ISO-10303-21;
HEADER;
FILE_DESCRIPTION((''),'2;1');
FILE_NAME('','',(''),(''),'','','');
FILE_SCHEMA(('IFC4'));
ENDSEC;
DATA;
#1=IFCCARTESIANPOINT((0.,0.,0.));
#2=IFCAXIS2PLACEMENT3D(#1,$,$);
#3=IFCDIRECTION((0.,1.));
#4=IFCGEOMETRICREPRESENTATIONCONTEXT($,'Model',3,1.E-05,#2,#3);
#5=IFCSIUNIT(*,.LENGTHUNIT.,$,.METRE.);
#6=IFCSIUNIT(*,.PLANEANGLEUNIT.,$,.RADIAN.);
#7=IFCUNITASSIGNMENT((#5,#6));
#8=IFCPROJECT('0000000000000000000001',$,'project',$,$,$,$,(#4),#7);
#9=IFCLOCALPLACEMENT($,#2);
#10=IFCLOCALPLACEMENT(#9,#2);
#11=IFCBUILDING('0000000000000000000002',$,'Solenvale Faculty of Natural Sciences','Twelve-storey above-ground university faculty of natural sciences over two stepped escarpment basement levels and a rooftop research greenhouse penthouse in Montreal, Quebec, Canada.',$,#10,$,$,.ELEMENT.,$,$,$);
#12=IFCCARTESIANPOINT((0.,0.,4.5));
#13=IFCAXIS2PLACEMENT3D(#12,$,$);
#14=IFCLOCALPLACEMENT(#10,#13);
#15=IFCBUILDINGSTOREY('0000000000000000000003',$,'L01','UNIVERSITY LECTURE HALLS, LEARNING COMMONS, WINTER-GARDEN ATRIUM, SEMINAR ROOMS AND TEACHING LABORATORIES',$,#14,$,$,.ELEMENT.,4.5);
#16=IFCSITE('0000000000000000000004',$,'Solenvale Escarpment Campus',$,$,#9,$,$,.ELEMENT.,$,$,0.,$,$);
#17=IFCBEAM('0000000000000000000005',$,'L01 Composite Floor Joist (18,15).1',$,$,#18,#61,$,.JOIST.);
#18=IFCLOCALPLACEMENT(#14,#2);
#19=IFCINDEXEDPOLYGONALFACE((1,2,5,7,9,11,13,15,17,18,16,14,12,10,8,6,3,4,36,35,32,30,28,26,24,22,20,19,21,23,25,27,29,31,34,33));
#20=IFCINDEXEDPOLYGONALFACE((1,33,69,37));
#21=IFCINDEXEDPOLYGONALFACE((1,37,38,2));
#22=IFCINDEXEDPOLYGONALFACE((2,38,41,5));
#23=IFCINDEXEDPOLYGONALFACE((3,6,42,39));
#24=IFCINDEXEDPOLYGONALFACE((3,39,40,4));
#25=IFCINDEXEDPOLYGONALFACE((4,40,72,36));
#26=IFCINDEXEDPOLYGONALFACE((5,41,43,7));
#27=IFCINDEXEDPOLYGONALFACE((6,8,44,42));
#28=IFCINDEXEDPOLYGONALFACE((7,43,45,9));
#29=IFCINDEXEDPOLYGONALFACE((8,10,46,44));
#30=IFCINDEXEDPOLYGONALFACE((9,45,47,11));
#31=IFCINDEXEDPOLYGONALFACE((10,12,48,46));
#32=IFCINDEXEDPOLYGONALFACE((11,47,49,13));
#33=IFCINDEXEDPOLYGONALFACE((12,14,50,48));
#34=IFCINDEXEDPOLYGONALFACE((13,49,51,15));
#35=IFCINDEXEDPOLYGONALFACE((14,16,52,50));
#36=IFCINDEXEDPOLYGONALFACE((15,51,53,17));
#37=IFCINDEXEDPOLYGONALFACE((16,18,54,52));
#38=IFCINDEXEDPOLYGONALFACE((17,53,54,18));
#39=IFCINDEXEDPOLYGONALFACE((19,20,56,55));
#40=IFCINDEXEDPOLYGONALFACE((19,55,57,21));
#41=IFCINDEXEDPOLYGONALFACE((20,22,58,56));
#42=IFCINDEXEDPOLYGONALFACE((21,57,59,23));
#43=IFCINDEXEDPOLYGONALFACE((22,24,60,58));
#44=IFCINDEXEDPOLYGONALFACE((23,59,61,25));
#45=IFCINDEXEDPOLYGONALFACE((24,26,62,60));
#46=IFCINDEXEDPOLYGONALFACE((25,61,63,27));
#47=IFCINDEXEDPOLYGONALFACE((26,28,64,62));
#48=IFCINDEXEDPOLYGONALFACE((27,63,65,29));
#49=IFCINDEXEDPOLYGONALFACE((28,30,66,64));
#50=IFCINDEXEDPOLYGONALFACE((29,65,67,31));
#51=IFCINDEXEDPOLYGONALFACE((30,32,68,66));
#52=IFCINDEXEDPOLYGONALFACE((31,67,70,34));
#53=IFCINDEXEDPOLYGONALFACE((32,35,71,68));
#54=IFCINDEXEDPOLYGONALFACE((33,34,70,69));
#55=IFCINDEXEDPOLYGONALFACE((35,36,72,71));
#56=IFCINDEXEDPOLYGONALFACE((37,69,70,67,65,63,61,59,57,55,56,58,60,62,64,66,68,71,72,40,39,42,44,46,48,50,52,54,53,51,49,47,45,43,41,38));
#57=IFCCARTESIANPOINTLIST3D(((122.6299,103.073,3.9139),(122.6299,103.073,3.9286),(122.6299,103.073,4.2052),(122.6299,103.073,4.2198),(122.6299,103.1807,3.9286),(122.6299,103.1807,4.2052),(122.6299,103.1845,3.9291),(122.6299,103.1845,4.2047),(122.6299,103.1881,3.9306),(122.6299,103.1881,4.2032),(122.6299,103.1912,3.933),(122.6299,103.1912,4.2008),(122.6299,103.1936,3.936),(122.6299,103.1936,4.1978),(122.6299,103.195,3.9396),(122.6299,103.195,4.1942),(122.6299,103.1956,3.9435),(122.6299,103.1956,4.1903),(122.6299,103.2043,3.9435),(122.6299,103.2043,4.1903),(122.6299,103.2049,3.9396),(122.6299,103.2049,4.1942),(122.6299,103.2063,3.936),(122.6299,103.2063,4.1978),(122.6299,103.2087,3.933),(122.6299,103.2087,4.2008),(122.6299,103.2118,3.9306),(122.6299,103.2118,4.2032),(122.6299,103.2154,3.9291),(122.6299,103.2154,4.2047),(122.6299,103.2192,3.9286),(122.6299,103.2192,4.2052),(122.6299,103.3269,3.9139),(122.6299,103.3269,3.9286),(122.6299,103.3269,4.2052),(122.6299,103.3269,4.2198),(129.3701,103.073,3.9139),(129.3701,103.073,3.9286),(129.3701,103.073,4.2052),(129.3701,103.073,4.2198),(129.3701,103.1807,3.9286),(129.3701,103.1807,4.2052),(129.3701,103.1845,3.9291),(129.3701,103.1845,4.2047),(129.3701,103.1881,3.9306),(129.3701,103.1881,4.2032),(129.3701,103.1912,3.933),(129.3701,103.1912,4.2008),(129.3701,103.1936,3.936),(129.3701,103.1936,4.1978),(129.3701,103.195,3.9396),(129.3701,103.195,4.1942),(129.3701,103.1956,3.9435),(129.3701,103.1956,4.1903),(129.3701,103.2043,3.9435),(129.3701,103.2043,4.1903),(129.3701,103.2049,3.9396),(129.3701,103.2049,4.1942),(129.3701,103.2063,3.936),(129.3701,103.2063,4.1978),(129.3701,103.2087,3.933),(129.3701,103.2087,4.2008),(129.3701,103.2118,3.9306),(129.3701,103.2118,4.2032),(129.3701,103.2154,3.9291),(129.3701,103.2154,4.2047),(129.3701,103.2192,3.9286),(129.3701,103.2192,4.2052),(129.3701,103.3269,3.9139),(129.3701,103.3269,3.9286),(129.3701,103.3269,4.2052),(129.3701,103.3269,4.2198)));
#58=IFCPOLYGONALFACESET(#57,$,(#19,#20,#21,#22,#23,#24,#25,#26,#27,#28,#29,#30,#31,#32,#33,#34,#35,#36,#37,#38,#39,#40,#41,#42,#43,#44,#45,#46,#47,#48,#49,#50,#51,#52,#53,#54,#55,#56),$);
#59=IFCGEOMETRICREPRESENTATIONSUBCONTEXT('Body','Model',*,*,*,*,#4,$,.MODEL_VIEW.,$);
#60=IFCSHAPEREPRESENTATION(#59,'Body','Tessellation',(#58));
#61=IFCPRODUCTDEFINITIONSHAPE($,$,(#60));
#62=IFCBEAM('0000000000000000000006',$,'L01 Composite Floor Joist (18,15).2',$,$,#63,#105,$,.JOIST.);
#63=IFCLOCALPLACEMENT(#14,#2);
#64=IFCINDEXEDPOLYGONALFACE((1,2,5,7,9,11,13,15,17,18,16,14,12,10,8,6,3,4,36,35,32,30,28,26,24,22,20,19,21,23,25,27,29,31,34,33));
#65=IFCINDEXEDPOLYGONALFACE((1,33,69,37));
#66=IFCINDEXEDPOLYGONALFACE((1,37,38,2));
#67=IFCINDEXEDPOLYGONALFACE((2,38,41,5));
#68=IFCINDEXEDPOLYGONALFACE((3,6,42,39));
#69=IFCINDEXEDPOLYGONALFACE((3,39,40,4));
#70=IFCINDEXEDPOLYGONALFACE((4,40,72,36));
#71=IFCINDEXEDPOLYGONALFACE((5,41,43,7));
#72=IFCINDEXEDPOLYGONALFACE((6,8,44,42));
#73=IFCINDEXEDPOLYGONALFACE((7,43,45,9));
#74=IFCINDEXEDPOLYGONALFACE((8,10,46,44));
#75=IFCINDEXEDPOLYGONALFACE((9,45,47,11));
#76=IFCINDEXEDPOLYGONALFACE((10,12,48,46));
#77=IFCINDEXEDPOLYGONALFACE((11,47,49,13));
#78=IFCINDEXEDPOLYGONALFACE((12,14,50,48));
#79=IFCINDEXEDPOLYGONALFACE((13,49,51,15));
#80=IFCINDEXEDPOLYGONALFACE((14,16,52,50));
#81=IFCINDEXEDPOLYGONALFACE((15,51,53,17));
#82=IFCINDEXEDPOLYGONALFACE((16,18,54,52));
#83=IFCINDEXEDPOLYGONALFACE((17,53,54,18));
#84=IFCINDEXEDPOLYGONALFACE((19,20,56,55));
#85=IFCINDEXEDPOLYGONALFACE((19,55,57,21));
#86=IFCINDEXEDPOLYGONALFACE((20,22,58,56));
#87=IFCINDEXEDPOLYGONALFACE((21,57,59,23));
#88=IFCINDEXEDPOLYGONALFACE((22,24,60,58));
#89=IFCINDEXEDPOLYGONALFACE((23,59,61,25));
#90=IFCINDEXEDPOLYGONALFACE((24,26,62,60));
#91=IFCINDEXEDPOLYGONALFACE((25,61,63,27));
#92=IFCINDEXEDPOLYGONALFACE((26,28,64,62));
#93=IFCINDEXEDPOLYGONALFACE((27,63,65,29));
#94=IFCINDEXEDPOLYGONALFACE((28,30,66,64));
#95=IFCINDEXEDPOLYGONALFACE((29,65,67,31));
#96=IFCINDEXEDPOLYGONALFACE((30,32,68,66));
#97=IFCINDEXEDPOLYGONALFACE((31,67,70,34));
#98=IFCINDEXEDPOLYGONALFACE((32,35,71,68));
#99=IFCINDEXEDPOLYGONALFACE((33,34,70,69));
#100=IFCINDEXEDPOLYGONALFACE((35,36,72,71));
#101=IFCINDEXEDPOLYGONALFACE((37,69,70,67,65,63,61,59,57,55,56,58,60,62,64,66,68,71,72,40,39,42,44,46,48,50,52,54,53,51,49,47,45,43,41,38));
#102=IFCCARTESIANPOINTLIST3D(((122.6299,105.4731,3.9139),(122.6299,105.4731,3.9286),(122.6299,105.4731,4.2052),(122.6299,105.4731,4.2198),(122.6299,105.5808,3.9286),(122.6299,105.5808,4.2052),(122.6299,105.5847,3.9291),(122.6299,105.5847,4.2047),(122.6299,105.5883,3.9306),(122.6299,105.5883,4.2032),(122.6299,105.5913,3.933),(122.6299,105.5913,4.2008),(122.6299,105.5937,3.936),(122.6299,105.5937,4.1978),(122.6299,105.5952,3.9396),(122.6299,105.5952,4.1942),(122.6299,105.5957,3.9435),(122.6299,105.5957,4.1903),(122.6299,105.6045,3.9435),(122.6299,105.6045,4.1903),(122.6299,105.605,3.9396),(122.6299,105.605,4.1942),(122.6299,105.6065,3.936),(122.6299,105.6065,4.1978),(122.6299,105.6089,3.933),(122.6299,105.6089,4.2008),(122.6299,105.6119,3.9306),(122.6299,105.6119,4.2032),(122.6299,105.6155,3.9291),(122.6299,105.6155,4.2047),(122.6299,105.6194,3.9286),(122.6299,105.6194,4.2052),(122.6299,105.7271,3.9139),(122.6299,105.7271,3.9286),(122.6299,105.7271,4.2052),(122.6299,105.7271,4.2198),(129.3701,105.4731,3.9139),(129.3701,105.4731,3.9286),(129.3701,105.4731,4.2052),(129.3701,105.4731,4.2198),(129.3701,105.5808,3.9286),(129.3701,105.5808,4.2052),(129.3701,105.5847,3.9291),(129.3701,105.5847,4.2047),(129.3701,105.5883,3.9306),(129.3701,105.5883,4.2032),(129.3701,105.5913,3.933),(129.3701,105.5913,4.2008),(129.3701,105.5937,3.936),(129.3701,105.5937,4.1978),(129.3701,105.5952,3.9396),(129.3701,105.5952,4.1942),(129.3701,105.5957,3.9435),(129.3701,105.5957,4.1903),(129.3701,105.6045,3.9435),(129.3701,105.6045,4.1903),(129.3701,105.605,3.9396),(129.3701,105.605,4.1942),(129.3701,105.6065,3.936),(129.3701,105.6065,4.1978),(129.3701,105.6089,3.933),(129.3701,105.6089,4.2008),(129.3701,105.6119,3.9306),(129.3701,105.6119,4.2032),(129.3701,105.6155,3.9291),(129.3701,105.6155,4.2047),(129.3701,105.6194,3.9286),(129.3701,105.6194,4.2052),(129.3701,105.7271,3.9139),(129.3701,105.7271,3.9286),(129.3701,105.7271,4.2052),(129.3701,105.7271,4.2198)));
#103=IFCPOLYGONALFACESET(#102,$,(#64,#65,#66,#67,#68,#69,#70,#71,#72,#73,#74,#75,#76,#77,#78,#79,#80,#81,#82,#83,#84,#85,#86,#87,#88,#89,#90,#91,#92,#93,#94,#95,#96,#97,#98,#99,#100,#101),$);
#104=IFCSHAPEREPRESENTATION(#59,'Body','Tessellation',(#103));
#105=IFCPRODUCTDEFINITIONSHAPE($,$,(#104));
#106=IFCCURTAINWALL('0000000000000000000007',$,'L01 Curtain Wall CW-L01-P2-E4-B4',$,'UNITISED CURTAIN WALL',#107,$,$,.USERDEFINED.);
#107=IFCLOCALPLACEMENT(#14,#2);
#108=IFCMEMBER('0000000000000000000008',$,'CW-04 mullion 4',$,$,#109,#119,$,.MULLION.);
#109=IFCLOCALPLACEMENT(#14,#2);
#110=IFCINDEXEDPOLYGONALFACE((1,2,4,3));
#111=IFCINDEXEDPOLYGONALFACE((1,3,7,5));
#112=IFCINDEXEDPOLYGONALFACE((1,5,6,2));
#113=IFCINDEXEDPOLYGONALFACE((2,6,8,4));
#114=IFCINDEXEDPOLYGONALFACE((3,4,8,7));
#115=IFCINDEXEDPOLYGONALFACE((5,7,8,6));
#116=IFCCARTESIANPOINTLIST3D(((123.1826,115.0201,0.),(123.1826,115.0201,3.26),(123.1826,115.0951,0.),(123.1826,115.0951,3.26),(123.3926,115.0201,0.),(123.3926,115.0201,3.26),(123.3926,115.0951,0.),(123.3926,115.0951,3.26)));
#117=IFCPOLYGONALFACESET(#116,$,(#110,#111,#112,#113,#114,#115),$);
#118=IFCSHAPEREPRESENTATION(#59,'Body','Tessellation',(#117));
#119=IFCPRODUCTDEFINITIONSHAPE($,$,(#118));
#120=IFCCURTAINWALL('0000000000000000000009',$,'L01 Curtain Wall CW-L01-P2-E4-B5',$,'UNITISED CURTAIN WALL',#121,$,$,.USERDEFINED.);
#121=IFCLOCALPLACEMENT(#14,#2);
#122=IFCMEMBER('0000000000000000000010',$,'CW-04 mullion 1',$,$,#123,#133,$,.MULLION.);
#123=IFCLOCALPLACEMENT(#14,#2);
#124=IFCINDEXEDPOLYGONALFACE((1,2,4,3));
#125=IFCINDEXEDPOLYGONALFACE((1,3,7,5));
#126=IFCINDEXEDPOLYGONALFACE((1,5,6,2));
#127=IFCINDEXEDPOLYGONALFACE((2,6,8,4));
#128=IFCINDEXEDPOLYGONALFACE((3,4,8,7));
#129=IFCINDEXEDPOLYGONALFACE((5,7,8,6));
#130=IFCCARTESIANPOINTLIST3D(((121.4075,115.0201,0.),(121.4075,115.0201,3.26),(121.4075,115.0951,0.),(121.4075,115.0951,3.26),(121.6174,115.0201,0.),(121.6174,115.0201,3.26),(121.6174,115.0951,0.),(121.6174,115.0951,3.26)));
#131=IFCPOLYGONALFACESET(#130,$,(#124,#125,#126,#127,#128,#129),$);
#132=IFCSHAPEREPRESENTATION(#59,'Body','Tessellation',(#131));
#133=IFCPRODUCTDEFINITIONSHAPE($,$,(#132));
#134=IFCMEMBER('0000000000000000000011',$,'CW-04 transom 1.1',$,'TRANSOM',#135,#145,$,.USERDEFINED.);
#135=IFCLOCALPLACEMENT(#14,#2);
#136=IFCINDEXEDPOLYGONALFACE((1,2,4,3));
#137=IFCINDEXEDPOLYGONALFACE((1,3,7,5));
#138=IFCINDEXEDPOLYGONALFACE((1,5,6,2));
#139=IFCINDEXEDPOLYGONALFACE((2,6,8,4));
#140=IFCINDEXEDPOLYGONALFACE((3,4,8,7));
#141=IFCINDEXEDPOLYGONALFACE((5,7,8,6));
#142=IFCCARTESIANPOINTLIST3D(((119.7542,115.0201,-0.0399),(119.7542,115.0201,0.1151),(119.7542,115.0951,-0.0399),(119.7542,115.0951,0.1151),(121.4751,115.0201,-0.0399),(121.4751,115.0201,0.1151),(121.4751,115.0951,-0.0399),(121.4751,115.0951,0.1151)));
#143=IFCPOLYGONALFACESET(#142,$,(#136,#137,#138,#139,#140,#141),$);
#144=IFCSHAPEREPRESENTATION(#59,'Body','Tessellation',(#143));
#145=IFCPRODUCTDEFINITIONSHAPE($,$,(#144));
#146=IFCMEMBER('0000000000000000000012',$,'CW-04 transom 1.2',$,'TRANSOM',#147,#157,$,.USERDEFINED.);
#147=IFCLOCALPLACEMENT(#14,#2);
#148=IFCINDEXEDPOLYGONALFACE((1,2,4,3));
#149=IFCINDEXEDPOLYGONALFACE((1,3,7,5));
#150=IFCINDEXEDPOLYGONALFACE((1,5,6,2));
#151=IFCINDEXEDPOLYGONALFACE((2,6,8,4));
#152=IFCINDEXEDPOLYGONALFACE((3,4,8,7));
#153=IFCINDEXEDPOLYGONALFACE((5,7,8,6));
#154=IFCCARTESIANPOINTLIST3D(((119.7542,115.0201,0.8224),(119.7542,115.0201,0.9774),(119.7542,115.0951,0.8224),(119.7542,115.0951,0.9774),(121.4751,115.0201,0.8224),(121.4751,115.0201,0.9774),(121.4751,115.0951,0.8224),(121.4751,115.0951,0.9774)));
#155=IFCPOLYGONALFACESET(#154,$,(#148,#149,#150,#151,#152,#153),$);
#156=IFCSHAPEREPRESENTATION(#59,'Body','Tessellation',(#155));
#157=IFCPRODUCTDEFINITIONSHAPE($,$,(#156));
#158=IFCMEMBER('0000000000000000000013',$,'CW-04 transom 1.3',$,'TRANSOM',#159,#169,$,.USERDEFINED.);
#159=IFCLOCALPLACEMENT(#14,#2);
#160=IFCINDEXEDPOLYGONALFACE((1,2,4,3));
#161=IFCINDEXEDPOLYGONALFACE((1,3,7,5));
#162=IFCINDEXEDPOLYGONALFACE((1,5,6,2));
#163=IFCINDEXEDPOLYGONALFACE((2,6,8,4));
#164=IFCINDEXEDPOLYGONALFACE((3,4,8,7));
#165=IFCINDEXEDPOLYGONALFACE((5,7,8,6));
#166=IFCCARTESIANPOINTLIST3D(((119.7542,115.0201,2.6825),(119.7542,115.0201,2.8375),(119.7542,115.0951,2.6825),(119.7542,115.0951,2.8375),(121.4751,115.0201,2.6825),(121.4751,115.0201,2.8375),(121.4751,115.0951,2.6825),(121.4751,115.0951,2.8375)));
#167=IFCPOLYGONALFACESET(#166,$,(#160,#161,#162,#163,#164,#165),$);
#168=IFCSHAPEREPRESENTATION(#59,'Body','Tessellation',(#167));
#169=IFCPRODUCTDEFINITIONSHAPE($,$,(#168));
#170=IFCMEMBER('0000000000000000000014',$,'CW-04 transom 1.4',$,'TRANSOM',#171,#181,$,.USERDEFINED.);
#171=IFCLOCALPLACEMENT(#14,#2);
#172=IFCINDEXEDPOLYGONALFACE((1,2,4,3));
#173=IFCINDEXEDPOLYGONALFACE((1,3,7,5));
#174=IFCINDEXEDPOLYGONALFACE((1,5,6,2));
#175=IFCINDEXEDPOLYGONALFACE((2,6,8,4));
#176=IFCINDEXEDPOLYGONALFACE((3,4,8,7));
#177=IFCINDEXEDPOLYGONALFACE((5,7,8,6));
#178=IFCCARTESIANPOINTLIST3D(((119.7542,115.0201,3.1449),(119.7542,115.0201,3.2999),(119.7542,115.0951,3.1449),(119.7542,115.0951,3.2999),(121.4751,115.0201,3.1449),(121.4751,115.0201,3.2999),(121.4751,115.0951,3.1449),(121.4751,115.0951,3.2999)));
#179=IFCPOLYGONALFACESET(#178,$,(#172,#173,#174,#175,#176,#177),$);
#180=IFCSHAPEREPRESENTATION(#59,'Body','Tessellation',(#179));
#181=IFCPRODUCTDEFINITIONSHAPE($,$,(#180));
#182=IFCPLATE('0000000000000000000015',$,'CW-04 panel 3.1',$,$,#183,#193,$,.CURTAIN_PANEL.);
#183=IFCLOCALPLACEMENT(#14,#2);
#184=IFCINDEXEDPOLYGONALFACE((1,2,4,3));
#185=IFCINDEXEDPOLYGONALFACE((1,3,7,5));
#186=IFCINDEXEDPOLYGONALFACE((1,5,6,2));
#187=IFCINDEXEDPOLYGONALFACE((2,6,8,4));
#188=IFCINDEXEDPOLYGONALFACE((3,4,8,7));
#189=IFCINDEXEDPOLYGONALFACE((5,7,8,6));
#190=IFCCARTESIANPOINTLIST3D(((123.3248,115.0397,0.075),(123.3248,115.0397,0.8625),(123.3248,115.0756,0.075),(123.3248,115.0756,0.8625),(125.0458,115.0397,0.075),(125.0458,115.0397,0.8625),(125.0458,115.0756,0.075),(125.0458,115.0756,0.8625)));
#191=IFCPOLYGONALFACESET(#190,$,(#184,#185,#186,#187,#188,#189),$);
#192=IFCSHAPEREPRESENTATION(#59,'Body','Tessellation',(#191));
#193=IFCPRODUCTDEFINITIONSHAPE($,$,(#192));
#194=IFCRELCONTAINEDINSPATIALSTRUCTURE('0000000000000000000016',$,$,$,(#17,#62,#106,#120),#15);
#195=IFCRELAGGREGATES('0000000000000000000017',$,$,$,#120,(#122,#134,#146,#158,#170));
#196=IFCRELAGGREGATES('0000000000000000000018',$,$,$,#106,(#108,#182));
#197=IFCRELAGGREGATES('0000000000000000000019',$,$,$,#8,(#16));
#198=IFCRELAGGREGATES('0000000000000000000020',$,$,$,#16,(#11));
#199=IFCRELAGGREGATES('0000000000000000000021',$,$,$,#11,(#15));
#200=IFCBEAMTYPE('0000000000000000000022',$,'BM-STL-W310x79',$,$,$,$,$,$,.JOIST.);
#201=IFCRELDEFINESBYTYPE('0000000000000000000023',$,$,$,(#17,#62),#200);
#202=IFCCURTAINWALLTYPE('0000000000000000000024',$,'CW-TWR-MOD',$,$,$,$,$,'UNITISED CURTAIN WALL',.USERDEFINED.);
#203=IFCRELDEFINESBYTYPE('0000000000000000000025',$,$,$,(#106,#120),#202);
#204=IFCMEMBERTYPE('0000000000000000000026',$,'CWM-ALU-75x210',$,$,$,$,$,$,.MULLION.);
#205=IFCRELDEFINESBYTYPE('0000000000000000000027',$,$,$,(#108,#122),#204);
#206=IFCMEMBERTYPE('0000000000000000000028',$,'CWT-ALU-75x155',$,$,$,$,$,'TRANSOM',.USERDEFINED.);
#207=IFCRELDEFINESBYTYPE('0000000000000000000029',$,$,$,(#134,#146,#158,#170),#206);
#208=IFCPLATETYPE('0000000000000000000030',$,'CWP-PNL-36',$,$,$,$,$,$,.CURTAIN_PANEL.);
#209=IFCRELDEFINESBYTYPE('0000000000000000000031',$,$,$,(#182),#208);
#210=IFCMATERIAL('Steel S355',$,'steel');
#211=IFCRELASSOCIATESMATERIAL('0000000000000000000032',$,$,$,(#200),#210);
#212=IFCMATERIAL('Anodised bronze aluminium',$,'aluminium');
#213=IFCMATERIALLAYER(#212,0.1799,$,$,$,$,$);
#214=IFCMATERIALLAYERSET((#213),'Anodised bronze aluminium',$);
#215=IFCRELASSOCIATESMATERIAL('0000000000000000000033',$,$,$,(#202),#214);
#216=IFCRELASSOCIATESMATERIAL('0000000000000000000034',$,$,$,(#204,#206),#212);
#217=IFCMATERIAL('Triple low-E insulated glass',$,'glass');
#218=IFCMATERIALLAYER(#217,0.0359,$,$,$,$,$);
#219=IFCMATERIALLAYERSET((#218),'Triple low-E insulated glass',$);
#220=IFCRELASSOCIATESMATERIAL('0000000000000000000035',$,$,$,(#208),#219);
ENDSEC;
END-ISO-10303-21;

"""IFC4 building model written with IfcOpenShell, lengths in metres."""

from ifc_helpers import new_model, si_unit, direction, frame, origin, origin_2d, place, context, subcontext, project, spatial, rectangle, i_section, extrude, material, layer, layer_set, material_profile, profile_set, type_object, element, aggregate, save


model = new_model("IFC4")

# Units and contexts
model_context = context("Model", 3, precision=1e-05, world=origin(), true_north=direction((0.0, 1.0)))
body_context = subcontext(model_context, "Body", "Model", "MODEL_VIEW")
ifc_project = project(units=[si_unit("LENGTHUNIT", "METRE"), si_unit("PLANEANGLEUNIT", "RADIAN")], contexts=[model_context])

# Site, building, storey
site_placement = place(None, origin())
site = spatial("IfcSite", under=ifc_project, at=site_placement, Name="Solenvale Escarpment Campus", CompositionType="ELEMENT", RefElevation=0.0)
building_placement = place(site_placement, origin())
building = spatial("IfcBuilding", under=site, at=building_placement, Name="Solenvale Faculty of Natural Sciences", Description="Twelve-storey above-ground university faculty of natural sciences over two stepped escarpment basement levels and a rooftop research greenhouse penthouse in Montreal, Quebec, Canada.", CompositionType="ELEMENT")
storey_placement = place(building_placement, frame((0.0, 0.0, 4.5)))
storey = spatial("IfcBuildingStorey", under=building, at=storey_placement, Name="L01", Description="UNIVERSITY LECTURE HALLS, LEARNING COMMONS, WINTER-GARDEN ATRIUM, SEMINAR ROOMS AND TEACHING LABORATORIES", CompositionType="ELEMENT", Elevation=4.5)

# Beams
ifc_material_1 = material(Name="Steel S355", Category="steel")
ifc_material_profile_1 = material_profile(ifc_material_1, i_section(OverallWidth=0.2539, OverallDepth=0.3059, WebThickness=0.0088, FlangeThickness=0.0146, FilletRadius=0.0149, at=origin_2d()), Name="W310x79")
ifc_profile_set_1 = profile_set([ifc_material_profile_1], Name="Steel S355")
beam_type_1 = type_object("IfcBeamType", Name="BM-STL-W310x79", PredefinedType="JOIST", material=ifc_profile_set_1)
for number, where, z_axis, x_axis, name in (
    (1, (122.6299, 103.2, 4.0669), (1.0, 0.0, 0.0), (0.0, 1.0, 0.0), "L01 Composite Floor Joist (18,15).1"),
    (2, (122.6299, 105.6001, 4.0669), (1.0, 0.0, 0.0), (0.0, 1.0, 0.0), "L01 Composite Floor Joist (18,15).2"),
):
    element("IfcBeam", number, at=place(storey_placement, frame(where, z_axis=z_axis, x_axis=x_axis)), inside=storey, type_object=beam_type_1, Name=name, PredefinedType="JOIST", context=body_context, shape_type="SweptSolid", body=[
        extrude(i_section(OverallWidth=0.2539, OverallDepth=0.3059, WebThickness=0.0088, FlangeThickness=0.0146, FilletRadius=0.0149, at=origin_2d()), origin(), (0.0, 0.0, 1.0), 6.7402),
    ])

# Curtain wall, member
ifc_material_2 = material(Name="Anodised bronze aluminium", Category="aluminium")
ifc_layer_1 = layer(ifc_material_2, 0.1799)
ifc_layer_set_1 = layer_set([ifc_layer_1], Name="Anodised bronze aluminium")
curtain_wall_type = type_object("IfcCurtainWallType", Name="CW-TWR-MOD", ElementType="UNITISED CURTAIN WALL", PredefinedType="USERDEFINED", material=ifc_layer_set_1)
curtain_wall_1_placement = place(storey_placement, origin())
curtain_wall_1 = element("IfcCurtainWall", 3, at=curtain_wall_1_placement, inside=storey, type_object=curtain_wall_type, Name="L01 Curtain Wall CW-L01-P2-E4-B4", ObjectType="UNITISED CURTAIN WALL", PredefinedType="USERDEFINED")
ifc_material_profile_2 = material_profile(ifc_material_2, rectangle(XDim=0.075, YDim=0.21, at=origin_2d()), Name="ALU-MUL-75x210")
ifc_profile_set_2 = profile_set([ifc_material_profile_2], Name="Anodised bronze aluminium")
member_type_1 = type_object("IfcMemberType", Name="CWM-ALU-75x210", PredefinedType="MULLION", material=ifc_profile_set_2)
member_1_placement = place(storey_placement, frame((123.2876, 115.0576, 0.0), z_axis=(0.0, 0.0, 1.0), x_axis=(0.0, -1.0, 0.0)))
member_1 = element("IfcMember", 4, at=member_1_placement, type_object=member_type_1, Name="CW-04 mullion 4", PredefinedType="MULLION", context=body_context, shape_type="SweptSolid", body=[
    extrude(rectangle(XDim=0.075, YDim=0.21, at=origin_2d()), origin(), (0.0, 0.0, 1.0), 3.26),
])

# Curtain wall, members
curtain_wall_2_placement = place(storey_placement, origin())
curtain_wall_2 = element("IfcCurtainWall", 5, at=curtain_wall_2_placement, inside=storey, type_object=curtain_wall_type, Name="L01 Curtain Wall CW-L01-P2-E4-B5", ObjectType="UNITISED CURTAIN WALL", PredefinedType="USERDEFINED")
member_2_placement = place(storey_placement, frame((121.5125, 115.0576, 0.0), z_axis=(0.0, 0.0, 1.0), x_axis=(0.0, -1.0, 0.0)))
member_2 = element("IfcMember", 6, at=member_2_placement, type_object=member_type_1, Name="CW-04 mullion 1", PredefinedType="MULLION", context=body_context, shape_type="SweptSolid", body=[
    extrude(rectangle(XDim=0.075, YDim=0.21, at=origin_2d()), origin(), (0.0, 0.0, 1.0), 3.26),
])
ifc_material_profile_3 = material_profile(ifc_material_2, rectangle(XDim=0.075, YDim=0.155, at=origin_2d()), Name="ALU-TRN-75x155")
ifc_profile_set_3 = profile_set([ifc_material_profile_3], Name="Anodised bronze aluminium")
member_type_2 = type_object("IfcMemberType", Name="CWT-ALU-75x155", ElementType="TRANSOM", PredefinedType="USERDEFINED", material=ifc_profile_set_3)
member_3_placement = place(storey_placement, frame((121.4751, 115.0576, 0.0376), z_axis=(-1.0, 0.0, 0.0), x_axis=(0.0, -1.0, 0.0)))
member_3 = element("IfcMember", 7, at=member_3_placement, type_object=member_type_2, Name="CW-04 transom 1.1", ObjectType="TRANSOM", PredefinedType="USERDEFINED", context=body_context, shape_type="SweptSolid", body=[
    extrude(rectangle(XDim=0.075, YDim=0.155, at=origin_2d()), origin(), (0.0, 0.0, 1.0), 1.7209),
])
member_4_placement = place(storey_placement, frame((121.4751, 115.0576, 0.8999), z_axis=(-1.0, 0.0, 0.0), x_axis=(0.0, -1.0, 0.0)))
member_4 = element("IfcMember", 8, at=member_4_placement, type_object=member_type_2, Name="CW-04 transom 1.2", ObjectType="TRANSOM", PredefinedType="USERDEFINED", context=body_context, shape_type="SweptSolid", body=[
    extrude(rectangle(XDim=0.075, YDim=0.155, at=origin_2d()), origin(), (0.0, 0.0, 1.0), 1.7209),
])
member_5_placement = place(storey_placement, frame((121.4751, 115.0576, 2.76), z_axis=(-1.0, 0.0, 0.0), x_axis=(0.0, -1.0, 0.0)))
member_5 = element("IfcMember", 9, at=member_5_placement, type_object=member_type_2, Name="CW-04 transom 1.3", ObjectType="TRANSOM", PredefinedType="USERDEFINED", context=body_context, shape_type="SweptSolid", body=[
    extrude(rectangle(XDim=0.075, YDim=0.155, at=origin_2d()), origin(), (0.0, 0.0, 1.0), 1.7209),
])
member_6_placement = place(storey_placement, frame((121.4751, 115.0576, 3.2224), z_axis=(-1.0, 0.0, 0.0), x_axis=(0.0, -1.0, 0.0)))
member_6 = element("IfcMember", 10, at=member_6_placement, type_object=member_type_2, Name="CW-04 transom 1.4", ObjectType="TRANSOM", PredefinedType="USERDEFINED", context=body_context, shape_type="SweptSolid", body=[
    extrude(rectangle(XDim=0.075, YDim=0.155, at=origin_2d()), origin(), (0.0, 0.0, 1.0), 1.7209),
])
aggregate(curtain_wall_2, [member_2, member_3, member_4, member_5, member_6])

# Plate
ifc_material_3 = material(Name="Triple low-E insulated glass", Category="glass")
ifc_layer_2 = layer(ifc_material_3, 0.0359)
ifc_layer_set_2 = layer_set([ifc_layer_2], Name="Triple low-E insulated glass")
plate_type = type_object("IfcPlateType", Name="CWP-PNL-36", PredefinedType="CURTAIN_PANEL", material=ifc_layer_set_2)
plate_placement = place(storey_placement, frame((124.1853, 115.0576, 0.075), z_axis=(0.0, 0.0, 1.0), x_axis=(-1.0, 0.0, 0.0)))
plate = element("IfcPlate", 11, at=plate_placement, type_object=plate_type, Name="CW-04 panel 3.1", PredefinedType="CURTAIN_PANEL", context=body_context, shape_type="SweptSolid", body=[
    extrude(rectangle(XDim=1.7209, YDim=0.0359, at=origin_2d()), origin(), (0.0, 0.0, 1.0), 0.7876),
])
aggregate(curtain_wall_1, [member_1, plate])

save(model, "model.ifc")
